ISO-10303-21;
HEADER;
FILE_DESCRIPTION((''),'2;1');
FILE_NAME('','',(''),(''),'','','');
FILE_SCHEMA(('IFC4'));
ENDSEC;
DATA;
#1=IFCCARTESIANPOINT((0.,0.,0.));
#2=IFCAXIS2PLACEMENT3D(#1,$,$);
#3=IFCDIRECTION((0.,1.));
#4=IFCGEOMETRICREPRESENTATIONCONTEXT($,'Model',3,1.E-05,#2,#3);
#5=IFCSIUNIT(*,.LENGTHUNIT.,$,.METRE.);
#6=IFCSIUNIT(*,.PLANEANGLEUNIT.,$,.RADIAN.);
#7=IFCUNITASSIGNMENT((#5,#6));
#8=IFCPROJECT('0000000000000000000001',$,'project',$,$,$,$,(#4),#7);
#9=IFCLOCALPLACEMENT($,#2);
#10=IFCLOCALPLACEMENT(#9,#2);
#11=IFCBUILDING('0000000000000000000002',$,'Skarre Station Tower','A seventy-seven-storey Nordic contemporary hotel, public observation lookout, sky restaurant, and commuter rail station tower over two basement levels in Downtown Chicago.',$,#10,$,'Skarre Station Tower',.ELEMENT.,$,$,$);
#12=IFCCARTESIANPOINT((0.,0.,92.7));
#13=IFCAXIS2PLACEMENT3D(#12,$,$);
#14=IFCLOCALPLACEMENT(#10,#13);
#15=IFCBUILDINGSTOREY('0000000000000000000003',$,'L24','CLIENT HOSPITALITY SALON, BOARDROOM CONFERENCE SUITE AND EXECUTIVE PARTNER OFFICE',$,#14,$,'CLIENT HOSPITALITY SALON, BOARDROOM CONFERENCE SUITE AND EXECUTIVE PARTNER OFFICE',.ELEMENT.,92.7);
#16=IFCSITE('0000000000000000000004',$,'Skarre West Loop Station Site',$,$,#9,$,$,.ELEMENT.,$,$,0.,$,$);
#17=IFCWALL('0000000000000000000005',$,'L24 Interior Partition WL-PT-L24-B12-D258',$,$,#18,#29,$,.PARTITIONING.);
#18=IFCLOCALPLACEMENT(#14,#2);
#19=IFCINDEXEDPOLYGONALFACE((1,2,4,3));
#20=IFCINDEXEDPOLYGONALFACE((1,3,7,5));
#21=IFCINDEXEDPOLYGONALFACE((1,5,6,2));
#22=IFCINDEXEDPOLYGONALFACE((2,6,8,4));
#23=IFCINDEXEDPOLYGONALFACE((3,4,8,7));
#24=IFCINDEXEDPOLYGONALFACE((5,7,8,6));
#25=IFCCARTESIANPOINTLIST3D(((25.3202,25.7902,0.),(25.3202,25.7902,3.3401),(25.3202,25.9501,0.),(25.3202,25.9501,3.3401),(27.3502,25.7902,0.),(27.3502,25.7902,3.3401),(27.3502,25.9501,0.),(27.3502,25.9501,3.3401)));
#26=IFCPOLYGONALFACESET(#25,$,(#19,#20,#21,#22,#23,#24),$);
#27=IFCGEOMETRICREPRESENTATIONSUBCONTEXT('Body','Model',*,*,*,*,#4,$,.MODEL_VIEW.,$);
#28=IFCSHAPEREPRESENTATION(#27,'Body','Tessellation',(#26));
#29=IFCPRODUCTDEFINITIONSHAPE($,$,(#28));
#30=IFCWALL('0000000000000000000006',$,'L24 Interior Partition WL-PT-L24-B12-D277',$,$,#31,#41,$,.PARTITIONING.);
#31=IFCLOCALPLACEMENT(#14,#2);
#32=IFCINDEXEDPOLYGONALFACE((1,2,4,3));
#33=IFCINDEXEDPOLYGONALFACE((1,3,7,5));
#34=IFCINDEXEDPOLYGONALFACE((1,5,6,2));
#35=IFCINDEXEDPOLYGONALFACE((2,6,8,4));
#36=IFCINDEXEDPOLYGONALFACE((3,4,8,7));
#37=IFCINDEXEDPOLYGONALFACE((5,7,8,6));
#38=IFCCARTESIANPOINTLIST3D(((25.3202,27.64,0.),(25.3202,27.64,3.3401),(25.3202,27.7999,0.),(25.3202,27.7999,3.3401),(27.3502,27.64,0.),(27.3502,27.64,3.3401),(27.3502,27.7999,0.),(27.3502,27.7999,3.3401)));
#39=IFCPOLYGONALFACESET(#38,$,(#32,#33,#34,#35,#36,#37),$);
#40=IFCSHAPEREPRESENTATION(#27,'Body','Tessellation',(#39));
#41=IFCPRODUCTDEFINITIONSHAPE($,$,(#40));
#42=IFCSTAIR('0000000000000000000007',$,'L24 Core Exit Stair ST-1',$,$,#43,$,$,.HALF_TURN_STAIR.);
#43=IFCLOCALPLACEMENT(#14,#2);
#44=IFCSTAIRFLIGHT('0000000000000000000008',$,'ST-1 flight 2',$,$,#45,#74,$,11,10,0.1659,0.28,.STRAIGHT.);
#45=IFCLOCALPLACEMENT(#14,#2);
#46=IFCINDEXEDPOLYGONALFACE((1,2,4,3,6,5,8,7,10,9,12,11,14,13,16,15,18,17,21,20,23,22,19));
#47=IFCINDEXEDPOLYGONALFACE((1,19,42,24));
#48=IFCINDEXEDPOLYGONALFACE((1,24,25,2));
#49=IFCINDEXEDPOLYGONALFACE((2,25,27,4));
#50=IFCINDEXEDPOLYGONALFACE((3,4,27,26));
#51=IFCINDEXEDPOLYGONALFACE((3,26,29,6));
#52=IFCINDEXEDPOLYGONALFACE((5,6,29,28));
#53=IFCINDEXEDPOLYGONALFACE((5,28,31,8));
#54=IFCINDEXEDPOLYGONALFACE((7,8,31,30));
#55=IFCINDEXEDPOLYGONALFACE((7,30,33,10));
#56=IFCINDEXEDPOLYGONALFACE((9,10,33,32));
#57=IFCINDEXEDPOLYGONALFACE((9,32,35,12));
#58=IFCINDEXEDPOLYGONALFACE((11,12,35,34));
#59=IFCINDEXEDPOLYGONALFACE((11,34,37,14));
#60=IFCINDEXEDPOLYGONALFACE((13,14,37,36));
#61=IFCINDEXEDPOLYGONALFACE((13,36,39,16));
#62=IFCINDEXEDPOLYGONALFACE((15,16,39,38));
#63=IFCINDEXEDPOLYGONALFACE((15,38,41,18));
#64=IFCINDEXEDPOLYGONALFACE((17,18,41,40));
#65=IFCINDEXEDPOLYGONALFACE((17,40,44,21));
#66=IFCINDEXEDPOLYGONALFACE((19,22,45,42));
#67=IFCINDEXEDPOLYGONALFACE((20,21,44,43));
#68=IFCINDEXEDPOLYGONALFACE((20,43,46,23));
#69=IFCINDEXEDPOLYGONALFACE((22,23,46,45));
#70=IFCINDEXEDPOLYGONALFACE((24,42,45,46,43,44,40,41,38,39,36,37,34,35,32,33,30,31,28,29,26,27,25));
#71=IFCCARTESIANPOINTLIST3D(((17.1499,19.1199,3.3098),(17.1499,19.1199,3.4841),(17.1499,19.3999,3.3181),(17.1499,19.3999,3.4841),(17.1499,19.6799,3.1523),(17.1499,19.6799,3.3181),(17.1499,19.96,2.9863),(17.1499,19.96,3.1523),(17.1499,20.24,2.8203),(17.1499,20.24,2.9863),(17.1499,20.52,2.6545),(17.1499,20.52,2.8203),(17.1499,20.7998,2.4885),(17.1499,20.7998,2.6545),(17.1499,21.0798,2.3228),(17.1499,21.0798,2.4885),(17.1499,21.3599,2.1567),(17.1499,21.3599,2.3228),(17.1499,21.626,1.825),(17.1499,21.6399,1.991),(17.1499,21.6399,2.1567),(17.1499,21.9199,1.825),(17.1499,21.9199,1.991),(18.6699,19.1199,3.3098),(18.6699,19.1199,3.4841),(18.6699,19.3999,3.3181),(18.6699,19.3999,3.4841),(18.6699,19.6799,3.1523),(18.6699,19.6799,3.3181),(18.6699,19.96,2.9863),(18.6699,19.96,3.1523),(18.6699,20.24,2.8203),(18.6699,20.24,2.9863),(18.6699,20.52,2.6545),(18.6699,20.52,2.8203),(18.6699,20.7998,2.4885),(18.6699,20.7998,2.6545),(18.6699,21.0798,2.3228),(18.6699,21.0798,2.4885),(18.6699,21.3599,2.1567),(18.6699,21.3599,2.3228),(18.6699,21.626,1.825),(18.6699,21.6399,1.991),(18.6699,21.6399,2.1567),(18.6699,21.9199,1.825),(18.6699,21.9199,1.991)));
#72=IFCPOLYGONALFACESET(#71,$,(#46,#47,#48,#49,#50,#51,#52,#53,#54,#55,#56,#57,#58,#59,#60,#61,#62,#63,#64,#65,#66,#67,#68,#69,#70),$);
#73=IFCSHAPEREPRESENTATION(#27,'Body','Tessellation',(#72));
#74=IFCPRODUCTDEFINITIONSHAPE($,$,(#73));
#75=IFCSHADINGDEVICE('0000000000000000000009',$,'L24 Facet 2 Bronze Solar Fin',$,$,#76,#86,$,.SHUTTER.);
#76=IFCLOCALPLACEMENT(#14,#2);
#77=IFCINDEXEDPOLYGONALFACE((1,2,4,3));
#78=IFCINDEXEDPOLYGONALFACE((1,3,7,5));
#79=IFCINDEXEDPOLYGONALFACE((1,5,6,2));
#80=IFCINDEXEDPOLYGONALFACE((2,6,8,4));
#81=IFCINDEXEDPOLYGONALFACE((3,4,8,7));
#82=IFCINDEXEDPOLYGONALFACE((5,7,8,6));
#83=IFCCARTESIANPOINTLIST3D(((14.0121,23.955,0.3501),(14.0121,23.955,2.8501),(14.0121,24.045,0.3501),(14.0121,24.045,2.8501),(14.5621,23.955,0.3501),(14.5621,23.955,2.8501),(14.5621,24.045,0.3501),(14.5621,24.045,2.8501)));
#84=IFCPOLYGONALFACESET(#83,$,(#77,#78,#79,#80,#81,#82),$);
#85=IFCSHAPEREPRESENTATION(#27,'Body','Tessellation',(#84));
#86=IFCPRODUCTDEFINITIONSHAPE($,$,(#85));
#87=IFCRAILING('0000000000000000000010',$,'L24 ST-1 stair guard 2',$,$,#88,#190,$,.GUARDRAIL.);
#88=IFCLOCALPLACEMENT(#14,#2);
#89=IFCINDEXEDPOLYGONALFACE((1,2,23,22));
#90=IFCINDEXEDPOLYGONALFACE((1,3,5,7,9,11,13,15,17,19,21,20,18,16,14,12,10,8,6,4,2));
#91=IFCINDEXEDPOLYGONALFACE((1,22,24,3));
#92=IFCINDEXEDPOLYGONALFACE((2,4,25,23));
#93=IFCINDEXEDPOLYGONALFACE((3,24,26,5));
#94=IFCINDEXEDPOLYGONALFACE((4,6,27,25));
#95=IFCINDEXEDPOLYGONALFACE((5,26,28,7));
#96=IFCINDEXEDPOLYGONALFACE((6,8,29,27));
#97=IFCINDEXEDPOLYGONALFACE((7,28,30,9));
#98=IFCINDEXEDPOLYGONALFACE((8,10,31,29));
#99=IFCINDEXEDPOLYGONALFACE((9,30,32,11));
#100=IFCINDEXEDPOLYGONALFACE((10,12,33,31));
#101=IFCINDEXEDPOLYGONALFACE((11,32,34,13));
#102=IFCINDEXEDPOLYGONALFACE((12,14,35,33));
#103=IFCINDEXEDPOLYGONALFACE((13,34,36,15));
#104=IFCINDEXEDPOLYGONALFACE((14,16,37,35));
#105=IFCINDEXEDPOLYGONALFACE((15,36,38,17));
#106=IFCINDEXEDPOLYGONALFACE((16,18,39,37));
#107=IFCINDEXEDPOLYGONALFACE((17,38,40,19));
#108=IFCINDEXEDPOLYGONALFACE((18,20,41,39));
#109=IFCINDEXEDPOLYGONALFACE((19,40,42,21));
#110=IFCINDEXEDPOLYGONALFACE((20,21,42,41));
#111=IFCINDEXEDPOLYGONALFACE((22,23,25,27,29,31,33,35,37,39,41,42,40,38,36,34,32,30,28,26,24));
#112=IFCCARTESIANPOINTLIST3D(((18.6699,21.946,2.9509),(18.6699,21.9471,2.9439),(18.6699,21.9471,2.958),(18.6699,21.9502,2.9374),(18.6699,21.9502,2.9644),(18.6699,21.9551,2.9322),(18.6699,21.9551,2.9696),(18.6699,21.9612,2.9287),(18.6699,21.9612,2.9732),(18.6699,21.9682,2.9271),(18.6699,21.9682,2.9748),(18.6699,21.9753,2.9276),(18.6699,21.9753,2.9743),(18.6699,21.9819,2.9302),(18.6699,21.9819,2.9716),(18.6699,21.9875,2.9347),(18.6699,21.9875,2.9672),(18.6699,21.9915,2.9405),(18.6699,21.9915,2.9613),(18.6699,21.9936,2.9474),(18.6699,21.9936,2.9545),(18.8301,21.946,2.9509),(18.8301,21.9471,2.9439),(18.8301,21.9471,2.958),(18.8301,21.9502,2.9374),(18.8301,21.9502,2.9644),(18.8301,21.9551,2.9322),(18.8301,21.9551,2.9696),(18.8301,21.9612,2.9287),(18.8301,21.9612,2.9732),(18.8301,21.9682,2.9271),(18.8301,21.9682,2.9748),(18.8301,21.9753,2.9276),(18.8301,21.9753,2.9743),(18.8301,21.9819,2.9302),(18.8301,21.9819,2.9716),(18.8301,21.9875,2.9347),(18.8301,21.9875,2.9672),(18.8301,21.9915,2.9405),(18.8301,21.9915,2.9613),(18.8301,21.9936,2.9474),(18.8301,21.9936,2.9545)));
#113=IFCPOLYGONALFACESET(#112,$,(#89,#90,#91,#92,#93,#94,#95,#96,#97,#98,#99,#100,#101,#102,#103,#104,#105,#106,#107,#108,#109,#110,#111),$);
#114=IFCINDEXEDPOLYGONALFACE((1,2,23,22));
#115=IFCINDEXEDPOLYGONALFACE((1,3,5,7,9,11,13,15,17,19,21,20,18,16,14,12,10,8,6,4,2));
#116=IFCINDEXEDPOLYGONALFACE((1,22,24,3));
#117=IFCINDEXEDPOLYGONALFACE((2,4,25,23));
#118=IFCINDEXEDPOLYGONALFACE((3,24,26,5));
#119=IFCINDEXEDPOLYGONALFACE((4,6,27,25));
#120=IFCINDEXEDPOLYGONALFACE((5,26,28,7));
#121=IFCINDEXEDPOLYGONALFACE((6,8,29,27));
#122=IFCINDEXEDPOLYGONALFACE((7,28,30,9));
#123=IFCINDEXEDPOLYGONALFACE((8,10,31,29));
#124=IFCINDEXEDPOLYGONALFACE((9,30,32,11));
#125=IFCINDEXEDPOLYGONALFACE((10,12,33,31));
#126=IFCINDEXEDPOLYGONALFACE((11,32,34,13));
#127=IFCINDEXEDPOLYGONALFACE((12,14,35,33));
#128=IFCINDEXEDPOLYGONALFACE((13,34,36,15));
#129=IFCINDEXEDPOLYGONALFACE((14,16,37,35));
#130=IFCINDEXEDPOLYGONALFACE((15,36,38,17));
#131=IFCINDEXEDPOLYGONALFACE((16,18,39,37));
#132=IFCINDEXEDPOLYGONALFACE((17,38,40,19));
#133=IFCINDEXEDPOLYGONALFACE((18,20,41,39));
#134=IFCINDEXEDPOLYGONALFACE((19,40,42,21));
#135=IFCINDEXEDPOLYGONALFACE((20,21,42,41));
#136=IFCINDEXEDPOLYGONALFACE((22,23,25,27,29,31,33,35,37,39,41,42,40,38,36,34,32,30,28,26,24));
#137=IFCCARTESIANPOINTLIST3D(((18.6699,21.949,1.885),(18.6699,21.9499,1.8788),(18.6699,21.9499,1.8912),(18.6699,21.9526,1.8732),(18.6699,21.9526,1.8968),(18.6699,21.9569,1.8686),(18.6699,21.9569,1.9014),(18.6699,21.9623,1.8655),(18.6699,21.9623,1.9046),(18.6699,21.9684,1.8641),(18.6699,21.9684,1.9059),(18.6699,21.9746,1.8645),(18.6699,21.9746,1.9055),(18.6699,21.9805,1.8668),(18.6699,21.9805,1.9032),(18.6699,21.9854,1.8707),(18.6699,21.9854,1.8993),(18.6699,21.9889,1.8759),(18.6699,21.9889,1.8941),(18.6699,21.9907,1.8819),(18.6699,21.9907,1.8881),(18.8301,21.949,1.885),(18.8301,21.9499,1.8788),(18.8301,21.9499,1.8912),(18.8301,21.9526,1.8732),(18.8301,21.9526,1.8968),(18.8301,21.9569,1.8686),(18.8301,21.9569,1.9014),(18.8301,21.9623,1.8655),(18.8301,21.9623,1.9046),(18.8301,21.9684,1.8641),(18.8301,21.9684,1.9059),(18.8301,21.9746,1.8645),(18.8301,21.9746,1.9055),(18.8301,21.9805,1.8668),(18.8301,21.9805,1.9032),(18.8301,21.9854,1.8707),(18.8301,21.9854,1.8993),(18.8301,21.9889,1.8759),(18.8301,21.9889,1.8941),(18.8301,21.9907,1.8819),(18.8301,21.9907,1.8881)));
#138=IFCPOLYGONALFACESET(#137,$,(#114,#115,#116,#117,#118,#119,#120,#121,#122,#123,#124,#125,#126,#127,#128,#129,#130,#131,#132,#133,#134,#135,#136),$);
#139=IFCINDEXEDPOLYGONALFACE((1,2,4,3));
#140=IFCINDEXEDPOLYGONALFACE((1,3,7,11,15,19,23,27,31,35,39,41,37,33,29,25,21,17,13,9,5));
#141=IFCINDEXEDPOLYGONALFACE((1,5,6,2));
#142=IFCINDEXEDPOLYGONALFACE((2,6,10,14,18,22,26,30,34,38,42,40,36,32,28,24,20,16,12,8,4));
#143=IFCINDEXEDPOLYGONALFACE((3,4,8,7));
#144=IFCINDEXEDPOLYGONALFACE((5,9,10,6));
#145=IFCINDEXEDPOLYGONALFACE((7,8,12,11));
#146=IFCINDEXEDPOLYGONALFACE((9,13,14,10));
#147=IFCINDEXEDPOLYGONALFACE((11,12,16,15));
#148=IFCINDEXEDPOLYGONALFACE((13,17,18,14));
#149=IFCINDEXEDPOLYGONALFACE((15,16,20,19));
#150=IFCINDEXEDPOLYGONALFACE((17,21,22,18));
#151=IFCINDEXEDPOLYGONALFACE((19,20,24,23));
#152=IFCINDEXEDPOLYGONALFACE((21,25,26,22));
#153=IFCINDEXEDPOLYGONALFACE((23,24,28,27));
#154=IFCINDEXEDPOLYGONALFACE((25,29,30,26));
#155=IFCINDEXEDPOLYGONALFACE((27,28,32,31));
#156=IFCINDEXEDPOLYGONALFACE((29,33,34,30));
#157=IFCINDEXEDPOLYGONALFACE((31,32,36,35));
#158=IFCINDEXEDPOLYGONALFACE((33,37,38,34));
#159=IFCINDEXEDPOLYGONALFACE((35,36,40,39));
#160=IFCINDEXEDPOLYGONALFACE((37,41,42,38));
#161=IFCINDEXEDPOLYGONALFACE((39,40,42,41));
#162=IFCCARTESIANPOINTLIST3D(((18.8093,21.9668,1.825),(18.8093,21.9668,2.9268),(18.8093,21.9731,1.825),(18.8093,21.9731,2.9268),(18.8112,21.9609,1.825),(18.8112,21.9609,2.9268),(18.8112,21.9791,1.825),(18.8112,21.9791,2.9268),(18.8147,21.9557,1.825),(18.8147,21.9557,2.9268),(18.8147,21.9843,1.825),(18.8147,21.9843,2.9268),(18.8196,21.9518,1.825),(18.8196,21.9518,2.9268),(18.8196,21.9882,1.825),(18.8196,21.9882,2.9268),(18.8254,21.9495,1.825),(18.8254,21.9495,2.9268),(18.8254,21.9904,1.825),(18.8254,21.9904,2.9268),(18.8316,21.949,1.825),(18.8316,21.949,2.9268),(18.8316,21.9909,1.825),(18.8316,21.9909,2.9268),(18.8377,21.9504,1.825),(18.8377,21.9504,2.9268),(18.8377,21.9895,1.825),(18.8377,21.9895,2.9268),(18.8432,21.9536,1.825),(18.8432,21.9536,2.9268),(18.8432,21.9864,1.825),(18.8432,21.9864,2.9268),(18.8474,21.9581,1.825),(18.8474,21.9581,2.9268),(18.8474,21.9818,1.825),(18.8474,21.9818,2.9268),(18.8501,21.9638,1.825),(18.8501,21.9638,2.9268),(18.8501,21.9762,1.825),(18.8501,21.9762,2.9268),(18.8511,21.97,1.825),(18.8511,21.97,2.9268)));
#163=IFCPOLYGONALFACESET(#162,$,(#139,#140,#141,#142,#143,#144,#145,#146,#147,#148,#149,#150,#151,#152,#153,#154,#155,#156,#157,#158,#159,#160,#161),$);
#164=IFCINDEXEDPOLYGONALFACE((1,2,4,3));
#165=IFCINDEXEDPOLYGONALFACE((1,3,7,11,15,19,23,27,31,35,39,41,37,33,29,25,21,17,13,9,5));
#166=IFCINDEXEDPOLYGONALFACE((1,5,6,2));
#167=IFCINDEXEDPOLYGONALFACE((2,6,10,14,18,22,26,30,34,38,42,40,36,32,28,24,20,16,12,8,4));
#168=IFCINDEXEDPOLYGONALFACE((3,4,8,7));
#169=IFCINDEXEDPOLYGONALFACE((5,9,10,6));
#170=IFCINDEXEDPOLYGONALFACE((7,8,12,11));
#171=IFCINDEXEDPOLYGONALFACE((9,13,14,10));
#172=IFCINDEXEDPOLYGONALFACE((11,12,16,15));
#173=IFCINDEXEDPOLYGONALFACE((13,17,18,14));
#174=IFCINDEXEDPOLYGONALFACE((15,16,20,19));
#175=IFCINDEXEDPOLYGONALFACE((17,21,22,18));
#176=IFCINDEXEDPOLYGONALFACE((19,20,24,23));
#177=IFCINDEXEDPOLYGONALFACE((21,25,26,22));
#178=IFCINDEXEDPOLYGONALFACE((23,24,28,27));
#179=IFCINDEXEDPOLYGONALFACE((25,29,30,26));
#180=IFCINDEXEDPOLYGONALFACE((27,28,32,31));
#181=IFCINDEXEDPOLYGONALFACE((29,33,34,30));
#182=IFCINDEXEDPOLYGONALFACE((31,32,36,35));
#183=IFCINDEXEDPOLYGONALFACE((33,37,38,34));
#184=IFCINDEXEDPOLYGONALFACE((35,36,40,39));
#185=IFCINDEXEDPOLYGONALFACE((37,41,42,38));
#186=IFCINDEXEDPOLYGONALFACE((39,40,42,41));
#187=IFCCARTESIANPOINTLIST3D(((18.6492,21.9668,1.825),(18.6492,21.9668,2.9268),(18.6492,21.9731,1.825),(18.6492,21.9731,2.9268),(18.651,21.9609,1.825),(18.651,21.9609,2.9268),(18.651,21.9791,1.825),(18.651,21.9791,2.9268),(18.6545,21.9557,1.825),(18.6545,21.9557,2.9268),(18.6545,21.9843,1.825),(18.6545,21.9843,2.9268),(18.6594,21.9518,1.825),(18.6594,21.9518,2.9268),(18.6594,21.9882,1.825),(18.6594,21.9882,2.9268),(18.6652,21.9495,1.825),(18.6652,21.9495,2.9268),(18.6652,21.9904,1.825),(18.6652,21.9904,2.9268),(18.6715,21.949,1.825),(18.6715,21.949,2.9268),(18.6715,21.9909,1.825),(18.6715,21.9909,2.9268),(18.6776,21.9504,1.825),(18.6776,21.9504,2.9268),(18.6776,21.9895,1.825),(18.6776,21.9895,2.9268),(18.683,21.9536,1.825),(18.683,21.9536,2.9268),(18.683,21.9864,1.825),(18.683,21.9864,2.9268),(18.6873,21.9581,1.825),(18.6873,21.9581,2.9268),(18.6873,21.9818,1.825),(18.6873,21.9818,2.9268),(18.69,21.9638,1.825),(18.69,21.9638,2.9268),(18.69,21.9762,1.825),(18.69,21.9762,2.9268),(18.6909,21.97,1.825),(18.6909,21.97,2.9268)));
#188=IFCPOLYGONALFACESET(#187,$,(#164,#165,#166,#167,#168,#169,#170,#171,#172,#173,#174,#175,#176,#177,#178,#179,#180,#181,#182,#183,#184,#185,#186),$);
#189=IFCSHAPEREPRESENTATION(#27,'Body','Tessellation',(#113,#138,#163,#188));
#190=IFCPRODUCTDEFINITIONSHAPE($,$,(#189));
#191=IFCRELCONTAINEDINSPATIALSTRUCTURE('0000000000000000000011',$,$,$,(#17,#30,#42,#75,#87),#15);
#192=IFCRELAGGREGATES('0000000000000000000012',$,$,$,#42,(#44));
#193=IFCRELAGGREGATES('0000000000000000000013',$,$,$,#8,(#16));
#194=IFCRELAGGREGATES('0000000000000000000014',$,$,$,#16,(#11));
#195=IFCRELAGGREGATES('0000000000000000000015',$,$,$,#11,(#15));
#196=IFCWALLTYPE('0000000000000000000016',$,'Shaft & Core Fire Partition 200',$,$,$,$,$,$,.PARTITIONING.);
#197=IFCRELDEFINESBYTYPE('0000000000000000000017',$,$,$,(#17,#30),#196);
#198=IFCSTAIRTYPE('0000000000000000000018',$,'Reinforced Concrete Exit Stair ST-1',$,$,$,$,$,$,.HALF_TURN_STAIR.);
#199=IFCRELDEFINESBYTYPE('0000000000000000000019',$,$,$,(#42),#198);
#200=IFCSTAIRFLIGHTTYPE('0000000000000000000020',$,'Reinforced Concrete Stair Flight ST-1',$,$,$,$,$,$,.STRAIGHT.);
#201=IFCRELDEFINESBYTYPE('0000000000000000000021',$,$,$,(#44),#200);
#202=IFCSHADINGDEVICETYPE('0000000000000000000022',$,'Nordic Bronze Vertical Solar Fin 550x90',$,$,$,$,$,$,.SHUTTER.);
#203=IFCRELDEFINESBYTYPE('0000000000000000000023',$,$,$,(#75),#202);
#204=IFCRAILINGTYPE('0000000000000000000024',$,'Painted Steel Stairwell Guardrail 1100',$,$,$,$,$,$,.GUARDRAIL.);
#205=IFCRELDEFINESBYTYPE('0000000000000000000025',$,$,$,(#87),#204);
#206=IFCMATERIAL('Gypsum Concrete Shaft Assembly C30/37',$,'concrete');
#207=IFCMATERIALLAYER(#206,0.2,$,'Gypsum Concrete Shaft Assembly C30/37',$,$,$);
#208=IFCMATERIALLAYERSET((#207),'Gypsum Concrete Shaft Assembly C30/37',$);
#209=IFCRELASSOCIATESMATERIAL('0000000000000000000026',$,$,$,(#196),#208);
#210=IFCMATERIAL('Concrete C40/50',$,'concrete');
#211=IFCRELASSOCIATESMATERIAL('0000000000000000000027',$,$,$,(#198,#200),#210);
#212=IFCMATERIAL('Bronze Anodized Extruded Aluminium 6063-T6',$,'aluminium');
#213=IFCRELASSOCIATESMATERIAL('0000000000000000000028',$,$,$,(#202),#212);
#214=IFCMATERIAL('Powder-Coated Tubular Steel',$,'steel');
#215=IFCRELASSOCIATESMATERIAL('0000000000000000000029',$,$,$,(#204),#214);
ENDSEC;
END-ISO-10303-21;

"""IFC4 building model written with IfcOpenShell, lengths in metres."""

from ifc_helpers import new_model, si_unit, direction, frame, frame_2d, origin, origin_2d, place, context, subcontext, project, spatial, polyline, rectangle, circle, outline, extrude, material, layer, layer_set, type_object, element, aggregate, save


model = new_model("IFC4")

# Units and contexts
model_context = context("Model", 3, precision=1e-05, world=origin(), true_north=direction((0.0, 1.0)))
body_context = subcontext(model_context, "Body", "Model", "MODEL_VIEW")
ifc_project = project(units=[si_unit("LENGTHUNIT", "METRE"), si_unit("PLANEANGLEUNIT", "RADIAN")], contexts=[model_context])

# Site, building, storey
site_placement = place(None, origin())
site = spatial("IfcSite", under=ifc_project, at=site_placement, Name="Skarre West Loop Station Site", CompositionType="ELEMENT", RefElevation=0.0)
building_placement = place(site_placement, origin())
building = spatial("IfcBuilding", under=site, at=building_placement, Name="Skarre Station Tower", Description="A seventy-seven-storey Nordic contemporary hotel, public observation lookout, sky restaurant, and commuter rail station tower over two basement levels in Downtown Chicago.", LongName="Skarre Station Tower", CompositionType="ELEMENT")
storey_placement = place(building_placement, frame((0.0, 0.0, 92.7)))
storey = spatial("IfcBuildingStorey", under=building, at=storey_placement, Name="L24", Description="CLIENT HOSPITALITY SALON, BOARDROOM CONFERENCE SUITE AND EXECUTIVE PARTNER OFFICE", LongName="CLIENT HOSPITALITY SALON, BOARDROOM CONFERENCE SUITE AND EXECUTIVE PARTNER OFFICE", CompositionType="ELEMENT", Elevation=92.7)

# Shared definitions
ifc_material_1 = material(Name="Gypsum Concrete Shaft Assembly C30/37", Category="concrete")
ifc_layer_1 = layer(ifc_material_1, 0.2, Name="Gypsum Concrete Shaft Assembly C30/37")
ifc_layer_set_1 = layer_set([ifc_layer_1], Name="Gypsum Concrete Shaft Assembly C30/37")
wall_type_1 = type_object("IfcWallType", Name="Shaft & Core Fire Partition 200", PredefinedType="PARTITIONING", material=ifc_layer_set_1)

# Walls
for number, where, z_axis, x_axis, name in (
    (1, (25.3201, 25.8701, 0.0), (0.0, 0.0, 1.0), (1.0, 0.0, 0.0), "L24 Interior Partition WL-PT-L24-B12-D258"),
    (2, (25.3201, 27.72, 0.0), (0.0, 0.0, 1.0), (1.0, 0.0, 0.0), "L24 Interior Partition WL-PT-L24-B12-D277"),
):
    element("IfcWall", number, at=place(storey_placement, frame(where, z_axis=z_axis, x_axis=x_axis)), inside=storey, type_object=wall_type_1, Name=name, PredefinedType="PARTITIONING", context=body_context, shape_type="SweptSolid", body=[
        extrude(rectangle(XDim=2.03, YDim=0.1599, at=frame_2d((1.0151, 0.0))), origin(), (0.0, 0.0, 1.0), 3.3401),
    ])

# Stair, stair flight
ifc_material_2 = material(Name="Concrete C40/50", Category="concrete")
stair_type = type_object("IfcStairType", Name="Reinforced Concrete Exit Stair ST-1", PredefinedType="HALF_TURN_STAIR", material=ifc_material_2)
stair_placement = place(storey_placement, origin())
stair = element("IfcStair", 3, at=stair_placement, inside=storey, type_object=stair_type, Name="L24 Core Exit Stair ST-1", PredefinedType="HALF_TURN_STAIR")
stair_flight_type = type_object("IfcStairFlightType", Name="Reinforced Concrete Stair Flight ST-1", PredefinedType="STRAIGHT", material=ifc_material_2)
stair_flight_placement = place(storey_placement, frame((17.9099, 21.9199, 1.825), z_axis=(0.0, 0.0, 1.0), x_axis=(0.0, -1.0, 0.0)))
stair_flight = element("IfcStairFlight", 4, at=stair_flight_placement, type_object=stair_flight_type, Name="ST-1 flight 2", NumberOfRisers=11, NumberOfTreads=10, PredefinedType="STRAIGHT", RiserHeight=0.1659, TreadLength=0.28, context=body_context, shape_type="SweptSolid", body=[
    extrude(outline(polyline([(0.0, 0.0), (0.0, 0.166), (0.28, 0.166), (0.28, 0.3318), (0.5601, 0.3318), (0.5601, 0.4978), (0.8401, 0.4978), (0.8401, 0.6636), (1.1201, 0.6636), (1.1201, 0.8296), (1.3999, 0.8296), (1.3999, 0.9954), (1.6799, 0.9954), (1.6799, 1.1614), (1.96, 1.1614), (1.96, 1.3274), (2.24, 1.3274), (2.24, 1.4932), (2.52, 1.4932), (2.52, 1.6592), (2.8, 1.6592), (2.8, 1.825), (2.8, 1.4849), (0.2939, 0.0), (0.0, 0.0)])), frame((0.0, 0.76, 0.0), z_axis=(0.0, -1.0, 0.0), x_axis=(1.0, 0.0, 0.0)), (0.0, 0.0, 1.0), 1.52),
])
aggregate(stair, [stair_flight])

# Shading device
ifc_material_3 = material(Name="Bronze Anodized Extruded Aluminium 6063-T6", Category="aluminium")
shading_device_type = type_object("IfcShadingDeviceType", Name="Nordic Bronze Vertical Solar Fin 550x90", PredefinedType="SHUTTER", material=ifc_material_3)
shading_device_placement = place(storey_placement, frame((14.2871, 24.0, 0.3501), z_axis=(0.0, 0.0, 1.0), x_axis=(-1.0, 0.0, 0.0)))
element("IfcShadingDevice", 5, at=shading_device_placement, inside=storey, type_object=shading_device_type, Name="L24 Facet 2 Bronze Solar Fin", PredefinedType="SHUTTER", context=body_context, shape_type="SweptSolid", body=[
    extrude(rectangle(XDim=0.55, YDim=0.0901, at=origin_2d()), origin(), (0.0, 0.0, 1.0), 2.5),
])

# Railing
ifc_material_4 = material(Name="Powder-Coated Tubular Steel", Category="steel")
railing_type = type_object("IfcRailingType", Name="Painted Steel Stairwell Guardrail 1100", PredefinedType="GUARDRAIL", material=ifc_material_4)
railing_1_placement = place(storey_placement, frame((18.8301, 21.97, 1.825)))
element("IfcRailing", 6, at=railing_1_placement, inside=storey, type_object=railing_type, Name="L24 ST-1 stair guard 2", PredefinedType="GUARDRAIL", context=body_context, shape_type="SweptSolid", body=[
    extrude(circle(Radius=0.0239, at=origin_2d()), frame((0.0, 0.0, 1.126), z_axis=(-1.0, 0.0, 0.0), x_axis=(0.0, -1.0, 0.0)), (0.0, 0.0, 1.0), 0.1602),
    extrude(circle(Radius=0.021, at=origin_2d()), frame((0.0, 0.0, 0.0601), z_axis=(-1.0, 0.0, 0.0), x_axis=(0.0, -1.0, 0.0)), (0.0, 0.0, 1.0), 0.1602),
    extrude(circle(Radius=0.021, at=origin_2d()), origin(), (0.0, 0.0, 1.0), 1.1018),
    extrude(circle(Radius=0.021, at=origin_2d()), frame((-0.1602, 0.0, 0.0)), (0.0, 0.0, 1.0), 1.1018),
])

save(model, "model.ifc")
